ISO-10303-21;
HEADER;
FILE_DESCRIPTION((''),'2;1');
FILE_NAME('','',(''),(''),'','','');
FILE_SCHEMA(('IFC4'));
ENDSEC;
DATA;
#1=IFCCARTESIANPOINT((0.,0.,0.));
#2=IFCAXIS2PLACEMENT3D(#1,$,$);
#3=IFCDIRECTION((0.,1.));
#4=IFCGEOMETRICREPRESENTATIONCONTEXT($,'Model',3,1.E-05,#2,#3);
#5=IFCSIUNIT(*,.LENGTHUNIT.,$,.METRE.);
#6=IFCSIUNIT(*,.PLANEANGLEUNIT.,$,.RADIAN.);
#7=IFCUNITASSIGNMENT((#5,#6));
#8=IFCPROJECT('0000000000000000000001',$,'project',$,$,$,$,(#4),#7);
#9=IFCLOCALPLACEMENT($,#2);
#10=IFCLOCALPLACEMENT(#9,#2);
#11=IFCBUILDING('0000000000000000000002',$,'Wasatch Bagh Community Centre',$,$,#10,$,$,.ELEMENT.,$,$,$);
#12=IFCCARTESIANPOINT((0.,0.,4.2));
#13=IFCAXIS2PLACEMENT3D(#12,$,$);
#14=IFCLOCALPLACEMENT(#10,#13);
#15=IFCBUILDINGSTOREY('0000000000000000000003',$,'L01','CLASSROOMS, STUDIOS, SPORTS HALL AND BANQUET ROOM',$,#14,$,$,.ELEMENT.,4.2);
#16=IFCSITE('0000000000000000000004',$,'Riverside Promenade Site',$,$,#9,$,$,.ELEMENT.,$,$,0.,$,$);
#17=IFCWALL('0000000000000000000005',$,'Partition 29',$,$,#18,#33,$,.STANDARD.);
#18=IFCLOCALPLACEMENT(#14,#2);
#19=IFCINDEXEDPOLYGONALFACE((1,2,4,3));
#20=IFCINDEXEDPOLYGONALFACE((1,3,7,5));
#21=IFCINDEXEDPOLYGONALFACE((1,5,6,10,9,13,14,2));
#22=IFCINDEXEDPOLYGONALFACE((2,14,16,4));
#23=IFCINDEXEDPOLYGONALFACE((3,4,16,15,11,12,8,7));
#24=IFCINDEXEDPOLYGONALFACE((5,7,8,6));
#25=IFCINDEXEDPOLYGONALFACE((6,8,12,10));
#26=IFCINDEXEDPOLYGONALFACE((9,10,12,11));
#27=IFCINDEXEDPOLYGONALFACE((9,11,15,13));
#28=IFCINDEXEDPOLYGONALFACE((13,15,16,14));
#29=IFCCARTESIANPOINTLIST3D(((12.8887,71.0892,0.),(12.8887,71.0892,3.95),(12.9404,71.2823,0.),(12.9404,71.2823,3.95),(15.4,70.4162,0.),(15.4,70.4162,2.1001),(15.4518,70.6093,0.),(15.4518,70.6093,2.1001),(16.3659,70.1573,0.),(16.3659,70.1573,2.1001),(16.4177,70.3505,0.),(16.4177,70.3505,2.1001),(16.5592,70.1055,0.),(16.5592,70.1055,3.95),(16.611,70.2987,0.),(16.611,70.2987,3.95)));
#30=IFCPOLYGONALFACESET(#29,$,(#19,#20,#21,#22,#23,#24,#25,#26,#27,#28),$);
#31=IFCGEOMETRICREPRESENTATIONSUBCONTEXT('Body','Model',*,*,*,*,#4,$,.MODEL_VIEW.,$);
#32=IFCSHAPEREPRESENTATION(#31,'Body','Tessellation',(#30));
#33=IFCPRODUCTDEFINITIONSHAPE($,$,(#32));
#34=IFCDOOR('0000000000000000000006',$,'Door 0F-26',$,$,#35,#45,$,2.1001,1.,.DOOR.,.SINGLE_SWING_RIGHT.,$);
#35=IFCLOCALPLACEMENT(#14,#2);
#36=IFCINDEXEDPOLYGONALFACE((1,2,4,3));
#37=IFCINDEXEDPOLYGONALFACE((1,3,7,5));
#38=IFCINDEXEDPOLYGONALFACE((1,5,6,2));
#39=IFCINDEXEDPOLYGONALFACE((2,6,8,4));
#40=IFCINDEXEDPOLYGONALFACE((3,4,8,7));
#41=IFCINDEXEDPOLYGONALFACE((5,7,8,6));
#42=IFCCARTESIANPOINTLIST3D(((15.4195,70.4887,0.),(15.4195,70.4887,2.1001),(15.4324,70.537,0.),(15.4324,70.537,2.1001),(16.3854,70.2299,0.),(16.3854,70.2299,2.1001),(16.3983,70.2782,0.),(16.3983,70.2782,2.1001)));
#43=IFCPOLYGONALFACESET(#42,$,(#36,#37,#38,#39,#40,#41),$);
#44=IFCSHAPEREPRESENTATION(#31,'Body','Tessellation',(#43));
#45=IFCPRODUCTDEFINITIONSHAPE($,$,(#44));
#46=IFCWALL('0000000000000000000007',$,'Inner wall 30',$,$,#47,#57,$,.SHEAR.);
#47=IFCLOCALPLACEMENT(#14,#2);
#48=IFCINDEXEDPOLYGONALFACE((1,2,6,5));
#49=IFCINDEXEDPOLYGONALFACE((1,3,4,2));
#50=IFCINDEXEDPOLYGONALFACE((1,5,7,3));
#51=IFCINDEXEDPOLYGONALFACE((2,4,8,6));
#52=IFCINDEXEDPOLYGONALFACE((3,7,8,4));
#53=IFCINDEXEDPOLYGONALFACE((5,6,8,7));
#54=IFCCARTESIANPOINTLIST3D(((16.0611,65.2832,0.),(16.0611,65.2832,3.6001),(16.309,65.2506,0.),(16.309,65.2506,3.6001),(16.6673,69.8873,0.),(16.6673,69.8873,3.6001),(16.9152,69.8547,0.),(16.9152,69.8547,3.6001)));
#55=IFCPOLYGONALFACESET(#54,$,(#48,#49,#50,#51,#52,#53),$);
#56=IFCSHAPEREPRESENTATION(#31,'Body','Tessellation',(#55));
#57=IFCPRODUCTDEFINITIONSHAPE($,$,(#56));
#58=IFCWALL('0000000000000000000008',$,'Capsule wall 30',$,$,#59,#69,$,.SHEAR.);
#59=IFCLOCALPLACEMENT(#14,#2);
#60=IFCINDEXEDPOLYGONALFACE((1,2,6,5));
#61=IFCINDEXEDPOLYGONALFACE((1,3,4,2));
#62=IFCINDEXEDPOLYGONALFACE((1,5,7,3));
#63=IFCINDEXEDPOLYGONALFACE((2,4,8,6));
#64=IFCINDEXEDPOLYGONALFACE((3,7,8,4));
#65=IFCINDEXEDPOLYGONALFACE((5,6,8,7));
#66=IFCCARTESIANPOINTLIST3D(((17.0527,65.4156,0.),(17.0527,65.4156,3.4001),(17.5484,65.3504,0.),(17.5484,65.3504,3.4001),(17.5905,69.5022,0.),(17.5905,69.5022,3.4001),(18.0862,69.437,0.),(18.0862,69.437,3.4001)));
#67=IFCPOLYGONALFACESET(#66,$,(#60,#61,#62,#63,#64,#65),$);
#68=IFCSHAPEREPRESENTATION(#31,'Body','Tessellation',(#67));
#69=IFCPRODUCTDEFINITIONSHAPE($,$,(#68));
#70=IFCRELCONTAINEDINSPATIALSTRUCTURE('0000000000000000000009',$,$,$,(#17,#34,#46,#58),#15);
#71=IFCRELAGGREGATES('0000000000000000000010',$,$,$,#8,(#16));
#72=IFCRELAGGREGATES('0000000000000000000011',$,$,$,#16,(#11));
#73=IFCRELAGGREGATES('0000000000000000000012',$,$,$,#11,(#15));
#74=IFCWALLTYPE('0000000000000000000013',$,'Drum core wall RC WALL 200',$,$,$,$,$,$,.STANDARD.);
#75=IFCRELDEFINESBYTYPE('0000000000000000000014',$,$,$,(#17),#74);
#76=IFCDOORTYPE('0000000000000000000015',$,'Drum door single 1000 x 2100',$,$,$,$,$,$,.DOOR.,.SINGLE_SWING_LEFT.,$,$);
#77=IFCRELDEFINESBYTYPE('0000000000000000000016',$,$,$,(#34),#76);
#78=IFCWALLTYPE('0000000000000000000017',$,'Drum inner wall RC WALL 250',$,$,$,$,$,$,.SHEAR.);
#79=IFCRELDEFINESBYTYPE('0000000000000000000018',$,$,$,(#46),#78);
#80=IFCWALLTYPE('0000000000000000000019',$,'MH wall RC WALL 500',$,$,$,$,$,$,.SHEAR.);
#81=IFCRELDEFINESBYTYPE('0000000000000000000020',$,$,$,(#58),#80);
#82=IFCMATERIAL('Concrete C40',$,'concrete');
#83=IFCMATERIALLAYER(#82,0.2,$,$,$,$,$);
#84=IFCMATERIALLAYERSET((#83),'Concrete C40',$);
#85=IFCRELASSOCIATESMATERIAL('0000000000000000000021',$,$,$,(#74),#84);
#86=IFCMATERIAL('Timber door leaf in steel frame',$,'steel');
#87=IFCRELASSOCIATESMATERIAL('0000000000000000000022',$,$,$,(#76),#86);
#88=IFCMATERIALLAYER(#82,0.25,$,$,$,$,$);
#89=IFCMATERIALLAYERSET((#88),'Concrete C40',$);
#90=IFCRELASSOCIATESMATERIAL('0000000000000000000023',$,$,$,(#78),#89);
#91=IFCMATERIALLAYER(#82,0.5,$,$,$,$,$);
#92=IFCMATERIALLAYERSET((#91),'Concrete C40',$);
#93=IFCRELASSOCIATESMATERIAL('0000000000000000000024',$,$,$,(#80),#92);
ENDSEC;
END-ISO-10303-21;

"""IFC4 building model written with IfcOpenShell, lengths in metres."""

from ifc_helpers import new_model, si_unit, direction, frame, frame_2d, origin, place, context, subcontext, project, spatial, rectangle, extrude, material, layer, layer_set, type_object, element, fill, save


model = new_model("IFC4")

# Units and contexts
model_context = context("Model", 3, precision=1e-05, world=origin(), true_north=direction((0.0, 1.0)))
body_context = subcontext(model_context, "Body", "Model", "MODEL_VIEW")
ifc_project = project(units=[si_unit("LENGTHUNIT", "METRE"), si_unit("PLANEANGLEUNIT", "RADIAN")], contexts=[model_context])

# Site, building, storey
site_placement = place(None, origin())
site = spatial("IfcSite", under=ifc_project, at=site_placement, Name="Riverside Promenade Site", CompositionType="ELEMENT", RefElevation=0.0)
building_placement = place(site_placement, origin())
building = spatial("IfcBuilding", under=site, at=building_placement, Name="Wasatch Bagh Community Centre", CompositionType="ELEMENT")
storey_placement = place(building_placement, frame((0.0, 0.0, 4.2)))
storey = spatial("IfcBuildingStorey", under=building, at=storey_placement, Name="L01", Description="CLASSROOMS, STUDIOS, SPORTS HALL AND BANQUET ROOM", CompositionType="ELEMENT", Elevation=4.2)

# Shared definitions
ifc_material_1 = material(Name="Concrete C40", Category="concrete")

# Wall, opening, door
ifc_layer_1 = layer(ifc_material_1, 0.2)
ifc_layer_set_1 = layer_set([ifc_layer_1], Name="Concrete C40")
wall_type_1 = type_object("IfcWallType", Name="Drum core wall RC WALL 200", PredefinedType="STANDARD", material=ifc_layer_set_1)
wall_1_placement = place(storey_placement, frame((16.585, 70.2021, 0.0), z_axis=(0.0, 0.0, 1.0), x_axis=(-0.96592, 0.258842, 0.0)))
wall_1 = element("IfcWall", 1, at=wall_1_placement, inside=storey, type_object=wall_type_1, Name="Partition 29", PredefinedType="STANDARD", context=body_context, shape_type="SweptSolid", body=[
    extrude(rectangle(XDim=3.8, YDim=0.2, at=frame_2d((1.8999, 0.0))), origin(), (0.0, 0.0, 1.0), 3.95),
])
opening_placement = place(wall_1_placement, frame((0.2, 0.0, 0.0)))
opening = element("IfcOpeningElement", 2, at=opening_placement, cuts=wall_1, PredefinedType="OPENING", context=body_context, shape_type="SweptSolid", body=[
    extrude(rectangle(XDim=1.0, YDim=2.1001, at=frame_2d((0.5, 1.05))), frame((0.0, 0.1099, 0.0), z_axis=(0.0, -1.0, 0.0), x_axis=(1.0, 0.0, 0.0)), (0.0, 0.0, 1.0), 0.22),
])
ifc_material_2 = material(Name="Timber door leaf in steel frame", Category="steel")
door_type = type_object("IfcDoorType", Name="Drum door single 1000 x 2100", OperationType="SINGLE_SWING_LEFT", PredefinedType="DOOR", material=ifc_material_2)
door_placement = place(opening_placement, origin())
door = element("IfcDoor", 3, at=door_placement, inside=storey, type_object=door_type, Name="Door 0F-26", OperationType="SINGLE_SWING_RIGHT", OverallHeight=2.1001, OverallWidth=1.0, PredefinedType="DOOR", context=body_context, shape_type="SweptSolid", body=[
    extrude(rectangle(XDim=1.0, YDim=2.1001, at=frame_2d((0.5, 1.05))), frame((0.0, 0.0249, 0.0), z_axis=(0.0, -1.0, 0.0), x_axis=(1.0, 0.0, 0.0)), (0.0, 0.0, 1.0), 0.05),
])
fill(opening, door)

# Walls
ifc_layer_2 = layer(ifc_material_1, 0.25)
ifc_layer_set_2 = layer_set([ifc_layer_2], Name="Concrete C40")
wall_type_2 = type_object("IfcWallType", Name="Drum inner wall RC WALL 250", PredefinedType="SHEAR", material=ifc_layer_set_2)
wall_2_placement = place(storey_placement, frame((16.7913, 69.8708, 0.0), z_axis=(0.0, 0.0, 1.0), x_axis=(-0.130542, -0.991443, 0.0)))
element("IfcWall", 4, at=wall_2_placement, inside=storey, type_object=wall_type_2, Name="Inner wall 30", PredefinedType="SHEAR", context=body_context, shape_type="SweptSolid", body=[
    extrude(rectangle(XDim=4.6438, YDim=0.25, at=frame_2d((2.3218, 0.0))), origin(), (0.0, 0.0, 1.0), 3.6001),
])
ifc_layer_3 = layer(ifc_material_1, 0.5)
ifc_layer_set_3 = layer_set([ifc_layer_3], Name="Concrete C40")
wall_type_3 = type_object("IfcWallType", Name="MH wall RC WALL 500", PredefinedType="SHEAR", material=ifc_layer_set_3)
wall_3_placement = place(storey_placement, frame((17.8384, 69.4697, 0.0), z_axis=(0.0, 0.0, 1.0), x_axis=(-0.130484, -0.99145, 0.0)))
element("IfcWall", 5, at=wall_3_placement, inside=storey, type_object=wall_type_3, Name="Capsule wall 30", PredefinedType="SHEAR", context=body_context, shape_type="SweptSolid", body=[
    extrude(rectangle(XDim=4.1218, YDim=0.5, at=frame_2d((2.061, 0.0))), origin(), (0.0, 0.0, 1.0), 3.4001),
])

save(model, "model.ifc")
